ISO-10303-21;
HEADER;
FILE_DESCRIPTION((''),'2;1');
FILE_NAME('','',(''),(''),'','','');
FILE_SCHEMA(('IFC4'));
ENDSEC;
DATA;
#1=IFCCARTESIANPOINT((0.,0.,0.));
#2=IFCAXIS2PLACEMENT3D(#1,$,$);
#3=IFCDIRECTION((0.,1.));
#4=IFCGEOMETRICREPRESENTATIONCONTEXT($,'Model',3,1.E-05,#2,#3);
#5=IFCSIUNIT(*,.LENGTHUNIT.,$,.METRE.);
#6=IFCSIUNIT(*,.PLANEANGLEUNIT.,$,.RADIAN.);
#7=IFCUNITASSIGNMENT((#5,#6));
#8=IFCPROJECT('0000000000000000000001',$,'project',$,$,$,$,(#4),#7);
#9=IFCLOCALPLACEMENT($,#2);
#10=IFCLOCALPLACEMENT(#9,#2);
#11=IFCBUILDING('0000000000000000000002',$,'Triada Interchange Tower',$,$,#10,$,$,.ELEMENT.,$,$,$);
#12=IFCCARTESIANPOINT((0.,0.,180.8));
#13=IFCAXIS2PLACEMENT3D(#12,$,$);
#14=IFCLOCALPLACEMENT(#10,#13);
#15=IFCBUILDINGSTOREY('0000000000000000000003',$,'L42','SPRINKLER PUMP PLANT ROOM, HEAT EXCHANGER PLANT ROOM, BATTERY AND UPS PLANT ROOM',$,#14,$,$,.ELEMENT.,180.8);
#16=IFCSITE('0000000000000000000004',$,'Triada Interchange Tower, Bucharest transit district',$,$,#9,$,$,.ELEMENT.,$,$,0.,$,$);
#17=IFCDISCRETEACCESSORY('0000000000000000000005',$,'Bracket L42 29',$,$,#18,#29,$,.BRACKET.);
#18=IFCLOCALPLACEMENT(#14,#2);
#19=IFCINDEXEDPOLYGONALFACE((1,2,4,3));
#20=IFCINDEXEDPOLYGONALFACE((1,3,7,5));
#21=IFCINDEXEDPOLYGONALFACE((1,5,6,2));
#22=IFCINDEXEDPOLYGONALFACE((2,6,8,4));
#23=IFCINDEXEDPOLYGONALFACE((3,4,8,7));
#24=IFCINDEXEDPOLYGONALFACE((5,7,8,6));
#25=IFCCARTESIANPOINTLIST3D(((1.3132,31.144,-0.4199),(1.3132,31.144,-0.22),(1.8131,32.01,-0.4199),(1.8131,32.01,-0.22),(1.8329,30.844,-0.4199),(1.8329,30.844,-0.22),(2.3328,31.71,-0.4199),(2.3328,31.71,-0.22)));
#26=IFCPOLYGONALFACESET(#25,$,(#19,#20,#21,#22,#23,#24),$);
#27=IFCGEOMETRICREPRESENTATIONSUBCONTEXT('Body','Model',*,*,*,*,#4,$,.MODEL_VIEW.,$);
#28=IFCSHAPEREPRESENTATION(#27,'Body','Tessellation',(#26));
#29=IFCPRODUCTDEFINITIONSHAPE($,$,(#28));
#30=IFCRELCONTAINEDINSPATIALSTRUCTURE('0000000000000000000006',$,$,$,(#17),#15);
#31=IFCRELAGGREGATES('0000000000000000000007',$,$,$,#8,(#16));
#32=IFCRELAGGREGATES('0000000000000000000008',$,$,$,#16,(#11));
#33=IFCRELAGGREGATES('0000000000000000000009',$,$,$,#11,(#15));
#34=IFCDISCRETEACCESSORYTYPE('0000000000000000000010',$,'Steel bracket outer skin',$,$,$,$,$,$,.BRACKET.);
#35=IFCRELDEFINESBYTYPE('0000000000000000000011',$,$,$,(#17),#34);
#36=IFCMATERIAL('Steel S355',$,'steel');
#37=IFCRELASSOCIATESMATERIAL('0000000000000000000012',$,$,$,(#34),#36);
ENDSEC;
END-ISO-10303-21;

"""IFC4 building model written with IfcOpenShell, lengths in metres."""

from ifc_helpers import new_model, si_unit, direction, frame, origin, origin_2d, place, context, subcontext, project, spatial, rectangle, extrude, material, type_object, element, save


model = new_model("IFC4")

# Units and contexts
model_context = context("Model", 3, precision=1e-05, world=origin(), true_north=direction((0.0, 1.0)))
body_context = subcontext(model_context, "Body", "Model", "MODEL_VIEW")
ifc_project = project(units=[si_unit("LENGTHUNIT", "METRE"), si_unit("PLANEANGLEUNIT", "RADIAN")], contexts=[model_context])

# Site, building, storey
site_placement = place(None, origin())
site = spatial("IfcSite", under=ifc_project, at=site_placement, Name="Triada Interchange Tower, Bucharest transit district", CompositionType="ELEMENT", RefElevation=0.0)
building_placement = place(site_placement, origin())
building = spatial("IfcBuilding", under=site, at=building_placement, Name="Triada Interchange Tower", CompositionType="ELEMENT")
storey_placement = place(building_placement, frame((0.0, 0.0, 180.8)))
storey = spatial("IfcBuildingStorey", under=building, at=storey_placement, Name="L42", Description="SPRINKLER PUMP PLANT ROOM, HEAT EXCHANGER PLANT ROOM, BATTERY AND UPS PLANT ROOM", CompositionType="ELEMENT", Elevation=180.8)

# Shared definitions
ifc_material_1 = material(Name="Steel S355", Category="steel")

# Discrete accessory
discrete_accessory_type = type_object("IfcDiscreteAccessoryType", Name="Steel bracket outer skin", PredefinedType="BRACKET", material=ifc_material_1)
for number, where, z_axis, x_axis, name in (
    (1, (1.823, 31.427, -0.4199), (0.0, 0.0, 1.0), (-0.866047, 0.499962, 0.0), "Bracket L42 29"),
):
    element("IfcDiscreteAccessory", number, at=place(storey_placement, frame(where, z_axis=z_axis, x_axis=x_axis)), inside=storey, type_object=discrete_accessory_type, Name=name, PredefinedType="BRACKET", context=body_context, shape_type="SweptSolid", body=[
        extrude(rectangle(XDim=0.6001, YDim=1.0, at=origin_2d()), origin(), (0.0, 0.0, 1.0), 0.2),
    ])

save(model, "model.ifc")
